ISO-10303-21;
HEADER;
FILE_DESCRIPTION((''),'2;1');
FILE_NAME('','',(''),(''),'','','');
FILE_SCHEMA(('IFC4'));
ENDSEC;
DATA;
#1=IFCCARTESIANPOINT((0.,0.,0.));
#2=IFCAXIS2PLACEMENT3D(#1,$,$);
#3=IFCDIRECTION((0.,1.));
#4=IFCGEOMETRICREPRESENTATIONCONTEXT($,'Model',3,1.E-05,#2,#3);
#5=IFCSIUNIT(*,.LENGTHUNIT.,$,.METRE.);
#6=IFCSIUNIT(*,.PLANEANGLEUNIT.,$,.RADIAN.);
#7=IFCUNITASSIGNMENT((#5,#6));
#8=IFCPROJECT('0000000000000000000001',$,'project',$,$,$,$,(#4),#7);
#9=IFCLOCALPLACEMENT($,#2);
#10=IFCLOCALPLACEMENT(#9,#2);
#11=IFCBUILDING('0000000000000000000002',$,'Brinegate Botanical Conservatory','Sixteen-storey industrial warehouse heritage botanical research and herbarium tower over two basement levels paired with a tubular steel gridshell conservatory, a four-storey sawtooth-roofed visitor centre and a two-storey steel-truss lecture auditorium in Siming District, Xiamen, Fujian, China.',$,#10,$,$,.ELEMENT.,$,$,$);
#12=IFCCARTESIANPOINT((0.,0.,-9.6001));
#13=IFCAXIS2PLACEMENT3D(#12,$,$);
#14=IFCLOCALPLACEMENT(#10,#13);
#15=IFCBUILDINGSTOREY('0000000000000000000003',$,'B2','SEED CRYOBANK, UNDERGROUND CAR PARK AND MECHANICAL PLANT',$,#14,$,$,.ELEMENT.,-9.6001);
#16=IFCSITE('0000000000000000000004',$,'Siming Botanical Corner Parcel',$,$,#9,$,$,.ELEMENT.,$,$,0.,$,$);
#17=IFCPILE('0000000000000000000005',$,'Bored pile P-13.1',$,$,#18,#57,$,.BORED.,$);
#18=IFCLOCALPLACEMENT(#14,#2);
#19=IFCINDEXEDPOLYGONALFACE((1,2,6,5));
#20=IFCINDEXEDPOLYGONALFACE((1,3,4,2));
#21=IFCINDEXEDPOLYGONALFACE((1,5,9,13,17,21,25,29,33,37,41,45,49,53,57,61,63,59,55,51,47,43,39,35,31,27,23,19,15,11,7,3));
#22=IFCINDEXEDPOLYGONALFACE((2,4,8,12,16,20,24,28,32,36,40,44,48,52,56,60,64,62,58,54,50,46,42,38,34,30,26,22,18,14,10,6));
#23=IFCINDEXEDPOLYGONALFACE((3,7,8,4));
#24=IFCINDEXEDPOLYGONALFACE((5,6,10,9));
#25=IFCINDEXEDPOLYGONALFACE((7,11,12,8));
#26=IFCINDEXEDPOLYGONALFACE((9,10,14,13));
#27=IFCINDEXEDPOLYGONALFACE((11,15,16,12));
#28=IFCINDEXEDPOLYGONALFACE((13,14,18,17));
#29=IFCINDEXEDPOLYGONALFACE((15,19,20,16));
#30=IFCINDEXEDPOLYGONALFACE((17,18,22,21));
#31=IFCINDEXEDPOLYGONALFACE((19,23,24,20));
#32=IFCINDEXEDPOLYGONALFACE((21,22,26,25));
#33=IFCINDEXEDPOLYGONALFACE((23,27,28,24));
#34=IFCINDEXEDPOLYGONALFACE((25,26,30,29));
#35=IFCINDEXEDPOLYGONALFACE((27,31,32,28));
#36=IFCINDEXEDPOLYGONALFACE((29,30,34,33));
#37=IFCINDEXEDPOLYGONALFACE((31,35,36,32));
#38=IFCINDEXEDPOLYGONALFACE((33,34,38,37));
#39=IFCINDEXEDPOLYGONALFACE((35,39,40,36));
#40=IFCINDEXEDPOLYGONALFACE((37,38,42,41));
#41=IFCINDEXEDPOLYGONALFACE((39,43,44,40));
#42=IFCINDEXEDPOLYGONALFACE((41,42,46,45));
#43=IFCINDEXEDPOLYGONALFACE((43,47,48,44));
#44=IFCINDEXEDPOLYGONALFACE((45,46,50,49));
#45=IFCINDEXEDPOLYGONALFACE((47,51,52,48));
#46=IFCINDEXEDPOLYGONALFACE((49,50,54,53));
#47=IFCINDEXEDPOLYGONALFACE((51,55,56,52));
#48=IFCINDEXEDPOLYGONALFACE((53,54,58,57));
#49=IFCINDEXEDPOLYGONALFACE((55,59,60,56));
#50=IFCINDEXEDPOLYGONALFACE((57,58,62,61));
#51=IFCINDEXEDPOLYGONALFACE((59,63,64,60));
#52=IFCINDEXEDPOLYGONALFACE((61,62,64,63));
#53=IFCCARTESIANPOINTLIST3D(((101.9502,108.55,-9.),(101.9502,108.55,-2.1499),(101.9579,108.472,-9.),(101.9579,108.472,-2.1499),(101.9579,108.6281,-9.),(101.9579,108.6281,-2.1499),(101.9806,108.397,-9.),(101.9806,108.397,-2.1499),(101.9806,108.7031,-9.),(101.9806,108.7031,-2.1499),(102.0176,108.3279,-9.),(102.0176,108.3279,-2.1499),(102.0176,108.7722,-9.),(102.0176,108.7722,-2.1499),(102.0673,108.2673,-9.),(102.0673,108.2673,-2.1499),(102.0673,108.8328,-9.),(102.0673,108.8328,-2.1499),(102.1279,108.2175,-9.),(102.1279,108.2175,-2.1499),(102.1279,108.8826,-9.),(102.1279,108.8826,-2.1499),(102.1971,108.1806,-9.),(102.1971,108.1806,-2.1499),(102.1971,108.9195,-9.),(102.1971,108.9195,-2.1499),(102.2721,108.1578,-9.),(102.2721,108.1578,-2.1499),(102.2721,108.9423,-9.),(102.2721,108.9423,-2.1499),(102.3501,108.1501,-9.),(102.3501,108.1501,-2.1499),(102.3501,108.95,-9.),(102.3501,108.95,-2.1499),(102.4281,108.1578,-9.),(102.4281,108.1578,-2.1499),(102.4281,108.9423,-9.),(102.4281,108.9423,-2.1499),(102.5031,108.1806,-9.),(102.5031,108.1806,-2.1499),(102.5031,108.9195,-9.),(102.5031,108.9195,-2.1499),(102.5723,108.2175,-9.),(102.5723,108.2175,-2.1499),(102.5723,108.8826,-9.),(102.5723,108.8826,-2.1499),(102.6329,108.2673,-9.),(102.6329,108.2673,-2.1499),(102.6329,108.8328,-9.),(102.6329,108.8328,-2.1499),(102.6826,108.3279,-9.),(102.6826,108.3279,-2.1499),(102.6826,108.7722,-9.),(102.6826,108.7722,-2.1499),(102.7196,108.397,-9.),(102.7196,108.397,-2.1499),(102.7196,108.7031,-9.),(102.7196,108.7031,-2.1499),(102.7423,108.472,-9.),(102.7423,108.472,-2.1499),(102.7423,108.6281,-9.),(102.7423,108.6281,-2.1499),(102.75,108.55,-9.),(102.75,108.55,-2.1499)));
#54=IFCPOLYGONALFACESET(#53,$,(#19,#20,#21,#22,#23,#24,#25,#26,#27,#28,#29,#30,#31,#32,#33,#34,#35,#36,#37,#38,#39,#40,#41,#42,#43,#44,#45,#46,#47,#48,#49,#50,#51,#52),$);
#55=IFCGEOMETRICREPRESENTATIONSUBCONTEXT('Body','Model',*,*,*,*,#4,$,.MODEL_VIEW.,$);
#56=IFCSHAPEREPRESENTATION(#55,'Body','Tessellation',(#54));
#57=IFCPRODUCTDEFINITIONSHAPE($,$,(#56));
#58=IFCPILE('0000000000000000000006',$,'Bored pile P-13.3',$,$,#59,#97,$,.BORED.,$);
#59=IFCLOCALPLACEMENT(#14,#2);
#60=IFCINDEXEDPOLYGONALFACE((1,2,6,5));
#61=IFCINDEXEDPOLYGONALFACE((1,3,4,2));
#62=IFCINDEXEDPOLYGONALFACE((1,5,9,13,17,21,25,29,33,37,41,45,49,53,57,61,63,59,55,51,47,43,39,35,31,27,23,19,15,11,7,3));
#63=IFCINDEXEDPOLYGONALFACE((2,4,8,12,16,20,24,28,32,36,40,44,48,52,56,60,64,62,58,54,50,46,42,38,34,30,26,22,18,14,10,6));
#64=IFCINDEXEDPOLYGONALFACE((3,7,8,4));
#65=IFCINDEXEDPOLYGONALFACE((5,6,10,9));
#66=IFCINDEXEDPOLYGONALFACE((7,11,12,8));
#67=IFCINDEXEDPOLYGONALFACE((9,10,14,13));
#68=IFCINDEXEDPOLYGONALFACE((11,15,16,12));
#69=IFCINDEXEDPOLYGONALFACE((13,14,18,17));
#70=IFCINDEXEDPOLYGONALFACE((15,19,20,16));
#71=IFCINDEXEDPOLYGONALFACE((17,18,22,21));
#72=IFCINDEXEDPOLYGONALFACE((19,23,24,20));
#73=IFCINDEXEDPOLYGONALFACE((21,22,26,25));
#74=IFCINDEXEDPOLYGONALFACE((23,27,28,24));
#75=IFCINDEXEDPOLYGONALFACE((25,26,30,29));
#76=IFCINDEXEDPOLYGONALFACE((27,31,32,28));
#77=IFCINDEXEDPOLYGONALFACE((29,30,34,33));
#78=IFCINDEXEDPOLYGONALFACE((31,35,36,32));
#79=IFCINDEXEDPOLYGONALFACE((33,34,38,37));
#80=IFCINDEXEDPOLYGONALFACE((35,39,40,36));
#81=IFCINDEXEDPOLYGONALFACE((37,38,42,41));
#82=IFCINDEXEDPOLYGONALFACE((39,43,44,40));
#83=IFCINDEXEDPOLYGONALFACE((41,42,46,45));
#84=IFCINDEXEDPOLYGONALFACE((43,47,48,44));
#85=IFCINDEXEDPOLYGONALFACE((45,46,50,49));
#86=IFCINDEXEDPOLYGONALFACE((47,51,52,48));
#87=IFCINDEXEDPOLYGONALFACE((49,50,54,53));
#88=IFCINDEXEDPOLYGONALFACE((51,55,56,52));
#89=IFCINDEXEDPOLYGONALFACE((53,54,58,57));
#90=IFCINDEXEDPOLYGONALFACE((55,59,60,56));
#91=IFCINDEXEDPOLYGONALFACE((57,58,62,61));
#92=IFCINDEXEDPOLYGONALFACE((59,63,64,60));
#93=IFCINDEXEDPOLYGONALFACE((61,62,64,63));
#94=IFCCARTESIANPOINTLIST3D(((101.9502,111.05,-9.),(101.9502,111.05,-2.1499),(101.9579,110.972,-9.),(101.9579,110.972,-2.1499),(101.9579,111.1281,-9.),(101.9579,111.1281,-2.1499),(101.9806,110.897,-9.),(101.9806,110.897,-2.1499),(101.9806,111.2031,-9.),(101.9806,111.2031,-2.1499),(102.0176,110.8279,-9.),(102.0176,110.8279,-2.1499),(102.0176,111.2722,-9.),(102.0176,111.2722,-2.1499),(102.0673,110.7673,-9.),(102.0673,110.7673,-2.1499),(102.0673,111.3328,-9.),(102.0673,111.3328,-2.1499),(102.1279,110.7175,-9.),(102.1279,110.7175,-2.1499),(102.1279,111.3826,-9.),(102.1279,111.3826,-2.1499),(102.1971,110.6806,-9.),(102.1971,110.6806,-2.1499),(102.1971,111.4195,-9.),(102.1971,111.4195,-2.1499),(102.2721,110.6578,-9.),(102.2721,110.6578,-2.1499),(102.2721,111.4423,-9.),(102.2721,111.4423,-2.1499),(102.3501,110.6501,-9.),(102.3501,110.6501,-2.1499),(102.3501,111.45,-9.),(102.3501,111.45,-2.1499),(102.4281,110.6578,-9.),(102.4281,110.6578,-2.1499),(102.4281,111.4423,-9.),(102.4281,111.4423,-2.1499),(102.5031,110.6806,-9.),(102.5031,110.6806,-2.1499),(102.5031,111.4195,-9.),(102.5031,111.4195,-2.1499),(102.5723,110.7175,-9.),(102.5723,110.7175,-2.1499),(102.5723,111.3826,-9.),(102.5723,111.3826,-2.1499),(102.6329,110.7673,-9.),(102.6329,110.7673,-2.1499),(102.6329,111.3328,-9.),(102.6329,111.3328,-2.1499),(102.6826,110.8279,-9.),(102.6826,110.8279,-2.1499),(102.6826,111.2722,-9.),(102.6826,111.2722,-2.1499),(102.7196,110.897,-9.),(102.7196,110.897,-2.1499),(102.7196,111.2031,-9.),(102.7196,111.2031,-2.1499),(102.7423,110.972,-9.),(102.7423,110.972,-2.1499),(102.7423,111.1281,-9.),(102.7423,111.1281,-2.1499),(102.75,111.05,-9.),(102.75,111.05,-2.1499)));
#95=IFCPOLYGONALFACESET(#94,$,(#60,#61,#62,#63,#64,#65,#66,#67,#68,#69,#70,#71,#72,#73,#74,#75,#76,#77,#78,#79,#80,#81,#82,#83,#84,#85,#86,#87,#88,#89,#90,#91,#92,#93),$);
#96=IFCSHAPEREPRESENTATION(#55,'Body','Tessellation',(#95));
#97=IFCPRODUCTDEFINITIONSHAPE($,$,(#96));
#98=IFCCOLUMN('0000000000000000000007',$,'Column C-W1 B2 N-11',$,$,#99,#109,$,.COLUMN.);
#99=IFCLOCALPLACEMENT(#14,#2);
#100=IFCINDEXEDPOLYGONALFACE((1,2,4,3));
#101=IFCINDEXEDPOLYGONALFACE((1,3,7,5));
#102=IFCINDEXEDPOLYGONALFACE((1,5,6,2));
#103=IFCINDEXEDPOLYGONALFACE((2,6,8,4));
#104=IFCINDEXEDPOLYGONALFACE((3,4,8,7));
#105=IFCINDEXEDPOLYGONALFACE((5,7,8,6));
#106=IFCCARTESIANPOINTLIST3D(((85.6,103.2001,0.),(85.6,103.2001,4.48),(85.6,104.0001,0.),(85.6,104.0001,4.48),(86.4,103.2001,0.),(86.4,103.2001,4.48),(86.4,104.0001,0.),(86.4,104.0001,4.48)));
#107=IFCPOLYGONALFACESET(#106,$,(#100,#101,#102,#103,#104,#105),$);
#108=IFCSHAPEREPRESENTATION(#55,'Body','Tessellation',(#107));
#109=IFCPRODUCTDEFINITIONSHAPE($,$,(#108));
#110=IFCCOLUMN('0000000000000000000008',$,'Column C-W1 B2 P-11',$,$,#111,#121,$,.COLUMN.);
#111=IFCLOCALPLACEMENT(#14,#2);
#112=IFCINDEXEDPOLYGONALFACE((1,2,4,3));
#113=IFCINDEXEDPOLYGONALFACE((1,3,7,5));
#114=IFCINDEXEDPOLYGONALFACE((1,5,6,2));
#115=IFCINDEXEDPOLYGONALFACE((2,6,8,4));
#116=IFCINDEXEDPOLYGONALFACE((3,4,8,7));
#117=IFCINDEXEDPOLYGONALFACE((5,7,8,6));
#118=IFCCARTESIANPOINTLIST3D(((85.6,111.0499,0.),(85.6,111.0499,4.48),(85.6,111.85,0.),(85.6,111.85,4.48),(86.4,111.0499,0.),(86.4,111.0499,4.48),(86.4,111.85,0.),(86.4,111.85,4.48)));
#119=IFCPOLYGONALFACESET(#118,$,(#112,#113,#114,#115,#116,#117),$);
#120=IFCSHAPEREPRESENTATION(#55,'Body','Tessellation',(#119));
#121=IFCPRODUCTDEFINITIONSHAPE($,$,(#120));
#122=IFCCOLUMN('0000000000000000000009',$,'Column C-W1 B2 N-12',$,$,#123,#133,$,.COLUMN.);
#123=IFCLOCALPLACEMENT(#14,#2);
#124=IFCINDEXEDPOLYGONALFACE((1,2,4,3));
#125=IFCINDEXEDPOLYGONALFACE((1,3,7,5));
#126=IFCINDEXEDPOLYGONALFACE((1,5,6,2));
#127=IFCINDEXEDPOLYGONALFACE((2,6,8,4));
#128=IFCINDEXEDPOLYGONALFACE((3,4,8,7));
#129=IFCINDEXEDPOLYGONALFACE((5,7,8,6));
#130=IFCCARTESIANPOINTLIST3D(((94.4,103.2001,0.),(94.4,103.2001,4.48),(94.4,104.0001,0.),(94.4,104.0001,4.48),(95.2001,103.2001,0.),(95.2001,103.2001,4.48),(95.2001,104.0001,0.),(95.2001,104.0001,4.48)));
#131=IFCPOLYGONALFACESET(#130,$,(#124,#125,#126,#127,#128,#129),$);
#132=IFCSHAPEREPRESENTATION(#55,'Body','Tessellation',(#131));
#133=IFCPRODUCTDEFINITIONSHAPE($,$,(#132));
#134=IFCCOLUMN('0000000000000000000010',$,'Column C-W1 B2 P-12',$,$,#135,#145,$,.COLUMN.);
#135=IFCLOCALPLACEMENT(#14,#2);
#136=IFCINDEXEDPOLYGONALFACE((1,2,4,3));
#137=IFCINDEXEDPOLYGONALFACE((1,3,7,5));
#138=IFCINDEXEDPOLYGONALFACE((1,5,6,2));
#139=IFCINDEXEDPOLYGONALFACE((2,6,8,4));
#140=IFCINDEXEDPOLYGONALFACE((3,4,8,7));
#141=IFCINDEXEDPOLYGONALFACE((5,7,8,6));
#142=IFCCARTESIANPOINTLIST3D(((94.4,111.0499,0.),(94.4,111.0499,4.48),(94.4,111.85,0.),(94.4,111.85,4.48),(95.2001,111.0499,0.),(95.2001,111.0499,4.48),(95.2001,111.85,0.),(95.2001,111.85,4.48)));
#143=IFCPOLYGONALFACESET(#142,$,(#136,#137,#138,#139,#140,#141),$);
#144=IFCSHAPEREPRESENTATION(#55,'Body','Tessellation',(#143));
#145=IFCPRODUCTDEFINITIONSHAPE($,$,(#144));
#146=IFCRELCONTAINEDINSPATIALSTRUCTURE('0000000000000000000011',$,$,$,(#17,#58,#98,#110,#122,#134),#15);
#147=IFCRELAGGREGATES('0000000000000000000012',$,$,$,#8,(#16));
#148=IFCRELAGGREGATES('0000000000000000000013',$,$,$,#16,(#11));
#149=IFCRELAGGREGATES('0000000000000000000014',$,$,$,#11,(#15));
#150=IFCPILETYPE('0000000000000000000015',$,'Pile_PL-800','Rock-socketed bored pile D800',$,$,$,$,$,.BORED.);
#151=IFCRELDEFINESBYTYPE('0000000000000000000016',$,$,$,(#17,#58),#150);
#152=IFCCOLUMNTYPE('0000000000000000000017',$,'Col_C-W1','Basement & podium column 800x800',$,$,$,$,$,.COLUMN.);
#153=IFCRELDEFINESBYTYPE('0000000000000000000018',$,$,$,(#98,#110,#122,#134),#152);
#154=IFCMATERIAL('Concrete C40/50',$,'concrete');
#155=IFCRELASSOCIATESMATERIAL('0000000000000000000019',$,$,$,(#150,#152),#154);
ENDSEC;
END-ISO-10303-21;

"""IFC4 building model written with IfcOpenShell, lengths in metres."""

from ifc_helpers import new_model, si_unit, direction, frame, origin, origin_2d, place, context, subcontext, project, spatial, rectangle, circle, extrude, material, material_profile, profile_set, type_object, element, save


model = new_model("IFC4")

# Units and contexts
model_context = context("Model", 3, precision=1e-05, world=origin(), true_north=direction((0.0, 1.0)))
body_context = subcontext(model_context, "Body", "Model", "MODEL_VIEW")
ifc_project = project(units=[si_unit("LENGTHUNIT", "METRE"), si_unit("PLANEANGLEUNIT", "RADIAN")], contexts=[model_context])

# Site, building, storey
site_placement = place(None, origin())
site = spatial("IfcSite", under=ifc_project, at=site_placement, Name="Siming Botanical Corner Parcel", CompositionType="ELEMENT", RefElevation=0.0)
building_placement = place(site_placement, origin())
building = spatial("IfcBuilding", under=site, at=building_placement, Name="Brinegate Botanical Conservatory", Description="Sixteen-storey industrial warehouse heritage botanical research and herbarium tower over two basement levels paired with a tubular steel gridshell conservatory, a four-storey sawtooth-roofed visitor centre and a two-storey steel-truss lecture auditorium in Siming District, Xiamen, Fujian, China.", CompositionType="ELEMENT")
storey_placement = place(building_placement, frame((0.0, 0.0, -9.6001)))
storey = spatial("IfcBuildingStorey", under=building, at=storey_placement, Name="B2", Description="SEED CRYOBANK, UNDERGROUND CAR PARK AND MECHANICAL PLANT", CompositionType="ELEMENT", Elevation=-9.6001)

# Shared definitions
ifc_material = material(Name="Concrete C40/50", Category="concrete")

# Piles
ifc_material_profile_1 = material_profile(ifc_material, circle(Radius=0.3999, at=origin_2d()), Name="PILE D800")
ifc_profile_set_1 = profile_set([ifc_material_profile_1], Name="Concrete C40/50")
pile_type = type_object("IfcPileType", Name="Pile_PL-800", Description="Rock-socketed bored pile D800", PredefinedType="BORED", material=ifc_profile_set_1)
for number, where, z_axis, x_axis, name in (
    (1, (102.3501, 108.55, -2.1499), (0.0, 0.0, -1.0), (1.0, 0.0, 0.0), "Bored pile P-13.1"),
    (2, (102.3501, 111.05, -2.1499), (0.0, 0.0, -1.0), (1.0, 0.0, 0.0), "Bored pile P-13.3"),
):
    element("IfcPile", number, at=place(storey_placement, frame(where, z_axis=z_axis, x_axis=x_axis)), inside=storey, type_object=pile_type, Name=name, PredefinedType="BORED", context=body_context, shape_type="SweptSolid", body=[
        extrude(circle(Radius=0.3999, at=origin_2d()), origin(), (0.0, 0.0, 1.0), 6.8501),
    ])

# Columns
ifc_material_profile_2 = material_profile(ifc_material, rectangle(XDim=0.8, YDim=0.8, at=origin_2d()), Name="RC COL 800x800")
ifc_profile_set_2 = profile_set([ifc_material_profile_2], Name="Concrete C40/50")
column_type = type_object("IfcColumnType", Name="Col_C-W1", Description="Basement & podium column 800x800", PredefinedType="COLUMN", material=ifc_profile_set_2)
for number, where, z_axis, x_axis, name in (
    (3, (86.0, 103.6001, 0.0), (0.0, 0.0, 1.0), (1.0, 0.0, 0.0), "Column C-W1 B2 N-11"),
    (4, (86.0, 111.45, 0.0), (0.0, 0.0, 1.0), (1.0, 0.0, 0.0), "Column C-W1 B2 P-11"),
    (5, (94.8, 103.6001, 0.0), (0.0, 0.0, 1.0), (1.0, 0.0, 0.0), "Column C-W1 B2 N-12"),
    (6, (94.8, 111.45, 0.0), (0.0, 0.0, 1.0), (1.0, 0.0, 0.0), "Column C-W1 B2 P-12"),
):
    element("IfcColumn", number, at=place(storey_placement, frame(where, z_axis=z_axis, x_axis=x_axis)), inside=storey, type_object=column_type, Name=name, PredefinedType="COLUMN", context=body_context, shape_type="SweptSolid", body=[
        extrude(rectangle(XDim=0.8, YDim=0.8, at=origin_2d()), origin(), (0.0, 0.0, 1.0), 4.48),
    ])

save(model, "model.ifc")
